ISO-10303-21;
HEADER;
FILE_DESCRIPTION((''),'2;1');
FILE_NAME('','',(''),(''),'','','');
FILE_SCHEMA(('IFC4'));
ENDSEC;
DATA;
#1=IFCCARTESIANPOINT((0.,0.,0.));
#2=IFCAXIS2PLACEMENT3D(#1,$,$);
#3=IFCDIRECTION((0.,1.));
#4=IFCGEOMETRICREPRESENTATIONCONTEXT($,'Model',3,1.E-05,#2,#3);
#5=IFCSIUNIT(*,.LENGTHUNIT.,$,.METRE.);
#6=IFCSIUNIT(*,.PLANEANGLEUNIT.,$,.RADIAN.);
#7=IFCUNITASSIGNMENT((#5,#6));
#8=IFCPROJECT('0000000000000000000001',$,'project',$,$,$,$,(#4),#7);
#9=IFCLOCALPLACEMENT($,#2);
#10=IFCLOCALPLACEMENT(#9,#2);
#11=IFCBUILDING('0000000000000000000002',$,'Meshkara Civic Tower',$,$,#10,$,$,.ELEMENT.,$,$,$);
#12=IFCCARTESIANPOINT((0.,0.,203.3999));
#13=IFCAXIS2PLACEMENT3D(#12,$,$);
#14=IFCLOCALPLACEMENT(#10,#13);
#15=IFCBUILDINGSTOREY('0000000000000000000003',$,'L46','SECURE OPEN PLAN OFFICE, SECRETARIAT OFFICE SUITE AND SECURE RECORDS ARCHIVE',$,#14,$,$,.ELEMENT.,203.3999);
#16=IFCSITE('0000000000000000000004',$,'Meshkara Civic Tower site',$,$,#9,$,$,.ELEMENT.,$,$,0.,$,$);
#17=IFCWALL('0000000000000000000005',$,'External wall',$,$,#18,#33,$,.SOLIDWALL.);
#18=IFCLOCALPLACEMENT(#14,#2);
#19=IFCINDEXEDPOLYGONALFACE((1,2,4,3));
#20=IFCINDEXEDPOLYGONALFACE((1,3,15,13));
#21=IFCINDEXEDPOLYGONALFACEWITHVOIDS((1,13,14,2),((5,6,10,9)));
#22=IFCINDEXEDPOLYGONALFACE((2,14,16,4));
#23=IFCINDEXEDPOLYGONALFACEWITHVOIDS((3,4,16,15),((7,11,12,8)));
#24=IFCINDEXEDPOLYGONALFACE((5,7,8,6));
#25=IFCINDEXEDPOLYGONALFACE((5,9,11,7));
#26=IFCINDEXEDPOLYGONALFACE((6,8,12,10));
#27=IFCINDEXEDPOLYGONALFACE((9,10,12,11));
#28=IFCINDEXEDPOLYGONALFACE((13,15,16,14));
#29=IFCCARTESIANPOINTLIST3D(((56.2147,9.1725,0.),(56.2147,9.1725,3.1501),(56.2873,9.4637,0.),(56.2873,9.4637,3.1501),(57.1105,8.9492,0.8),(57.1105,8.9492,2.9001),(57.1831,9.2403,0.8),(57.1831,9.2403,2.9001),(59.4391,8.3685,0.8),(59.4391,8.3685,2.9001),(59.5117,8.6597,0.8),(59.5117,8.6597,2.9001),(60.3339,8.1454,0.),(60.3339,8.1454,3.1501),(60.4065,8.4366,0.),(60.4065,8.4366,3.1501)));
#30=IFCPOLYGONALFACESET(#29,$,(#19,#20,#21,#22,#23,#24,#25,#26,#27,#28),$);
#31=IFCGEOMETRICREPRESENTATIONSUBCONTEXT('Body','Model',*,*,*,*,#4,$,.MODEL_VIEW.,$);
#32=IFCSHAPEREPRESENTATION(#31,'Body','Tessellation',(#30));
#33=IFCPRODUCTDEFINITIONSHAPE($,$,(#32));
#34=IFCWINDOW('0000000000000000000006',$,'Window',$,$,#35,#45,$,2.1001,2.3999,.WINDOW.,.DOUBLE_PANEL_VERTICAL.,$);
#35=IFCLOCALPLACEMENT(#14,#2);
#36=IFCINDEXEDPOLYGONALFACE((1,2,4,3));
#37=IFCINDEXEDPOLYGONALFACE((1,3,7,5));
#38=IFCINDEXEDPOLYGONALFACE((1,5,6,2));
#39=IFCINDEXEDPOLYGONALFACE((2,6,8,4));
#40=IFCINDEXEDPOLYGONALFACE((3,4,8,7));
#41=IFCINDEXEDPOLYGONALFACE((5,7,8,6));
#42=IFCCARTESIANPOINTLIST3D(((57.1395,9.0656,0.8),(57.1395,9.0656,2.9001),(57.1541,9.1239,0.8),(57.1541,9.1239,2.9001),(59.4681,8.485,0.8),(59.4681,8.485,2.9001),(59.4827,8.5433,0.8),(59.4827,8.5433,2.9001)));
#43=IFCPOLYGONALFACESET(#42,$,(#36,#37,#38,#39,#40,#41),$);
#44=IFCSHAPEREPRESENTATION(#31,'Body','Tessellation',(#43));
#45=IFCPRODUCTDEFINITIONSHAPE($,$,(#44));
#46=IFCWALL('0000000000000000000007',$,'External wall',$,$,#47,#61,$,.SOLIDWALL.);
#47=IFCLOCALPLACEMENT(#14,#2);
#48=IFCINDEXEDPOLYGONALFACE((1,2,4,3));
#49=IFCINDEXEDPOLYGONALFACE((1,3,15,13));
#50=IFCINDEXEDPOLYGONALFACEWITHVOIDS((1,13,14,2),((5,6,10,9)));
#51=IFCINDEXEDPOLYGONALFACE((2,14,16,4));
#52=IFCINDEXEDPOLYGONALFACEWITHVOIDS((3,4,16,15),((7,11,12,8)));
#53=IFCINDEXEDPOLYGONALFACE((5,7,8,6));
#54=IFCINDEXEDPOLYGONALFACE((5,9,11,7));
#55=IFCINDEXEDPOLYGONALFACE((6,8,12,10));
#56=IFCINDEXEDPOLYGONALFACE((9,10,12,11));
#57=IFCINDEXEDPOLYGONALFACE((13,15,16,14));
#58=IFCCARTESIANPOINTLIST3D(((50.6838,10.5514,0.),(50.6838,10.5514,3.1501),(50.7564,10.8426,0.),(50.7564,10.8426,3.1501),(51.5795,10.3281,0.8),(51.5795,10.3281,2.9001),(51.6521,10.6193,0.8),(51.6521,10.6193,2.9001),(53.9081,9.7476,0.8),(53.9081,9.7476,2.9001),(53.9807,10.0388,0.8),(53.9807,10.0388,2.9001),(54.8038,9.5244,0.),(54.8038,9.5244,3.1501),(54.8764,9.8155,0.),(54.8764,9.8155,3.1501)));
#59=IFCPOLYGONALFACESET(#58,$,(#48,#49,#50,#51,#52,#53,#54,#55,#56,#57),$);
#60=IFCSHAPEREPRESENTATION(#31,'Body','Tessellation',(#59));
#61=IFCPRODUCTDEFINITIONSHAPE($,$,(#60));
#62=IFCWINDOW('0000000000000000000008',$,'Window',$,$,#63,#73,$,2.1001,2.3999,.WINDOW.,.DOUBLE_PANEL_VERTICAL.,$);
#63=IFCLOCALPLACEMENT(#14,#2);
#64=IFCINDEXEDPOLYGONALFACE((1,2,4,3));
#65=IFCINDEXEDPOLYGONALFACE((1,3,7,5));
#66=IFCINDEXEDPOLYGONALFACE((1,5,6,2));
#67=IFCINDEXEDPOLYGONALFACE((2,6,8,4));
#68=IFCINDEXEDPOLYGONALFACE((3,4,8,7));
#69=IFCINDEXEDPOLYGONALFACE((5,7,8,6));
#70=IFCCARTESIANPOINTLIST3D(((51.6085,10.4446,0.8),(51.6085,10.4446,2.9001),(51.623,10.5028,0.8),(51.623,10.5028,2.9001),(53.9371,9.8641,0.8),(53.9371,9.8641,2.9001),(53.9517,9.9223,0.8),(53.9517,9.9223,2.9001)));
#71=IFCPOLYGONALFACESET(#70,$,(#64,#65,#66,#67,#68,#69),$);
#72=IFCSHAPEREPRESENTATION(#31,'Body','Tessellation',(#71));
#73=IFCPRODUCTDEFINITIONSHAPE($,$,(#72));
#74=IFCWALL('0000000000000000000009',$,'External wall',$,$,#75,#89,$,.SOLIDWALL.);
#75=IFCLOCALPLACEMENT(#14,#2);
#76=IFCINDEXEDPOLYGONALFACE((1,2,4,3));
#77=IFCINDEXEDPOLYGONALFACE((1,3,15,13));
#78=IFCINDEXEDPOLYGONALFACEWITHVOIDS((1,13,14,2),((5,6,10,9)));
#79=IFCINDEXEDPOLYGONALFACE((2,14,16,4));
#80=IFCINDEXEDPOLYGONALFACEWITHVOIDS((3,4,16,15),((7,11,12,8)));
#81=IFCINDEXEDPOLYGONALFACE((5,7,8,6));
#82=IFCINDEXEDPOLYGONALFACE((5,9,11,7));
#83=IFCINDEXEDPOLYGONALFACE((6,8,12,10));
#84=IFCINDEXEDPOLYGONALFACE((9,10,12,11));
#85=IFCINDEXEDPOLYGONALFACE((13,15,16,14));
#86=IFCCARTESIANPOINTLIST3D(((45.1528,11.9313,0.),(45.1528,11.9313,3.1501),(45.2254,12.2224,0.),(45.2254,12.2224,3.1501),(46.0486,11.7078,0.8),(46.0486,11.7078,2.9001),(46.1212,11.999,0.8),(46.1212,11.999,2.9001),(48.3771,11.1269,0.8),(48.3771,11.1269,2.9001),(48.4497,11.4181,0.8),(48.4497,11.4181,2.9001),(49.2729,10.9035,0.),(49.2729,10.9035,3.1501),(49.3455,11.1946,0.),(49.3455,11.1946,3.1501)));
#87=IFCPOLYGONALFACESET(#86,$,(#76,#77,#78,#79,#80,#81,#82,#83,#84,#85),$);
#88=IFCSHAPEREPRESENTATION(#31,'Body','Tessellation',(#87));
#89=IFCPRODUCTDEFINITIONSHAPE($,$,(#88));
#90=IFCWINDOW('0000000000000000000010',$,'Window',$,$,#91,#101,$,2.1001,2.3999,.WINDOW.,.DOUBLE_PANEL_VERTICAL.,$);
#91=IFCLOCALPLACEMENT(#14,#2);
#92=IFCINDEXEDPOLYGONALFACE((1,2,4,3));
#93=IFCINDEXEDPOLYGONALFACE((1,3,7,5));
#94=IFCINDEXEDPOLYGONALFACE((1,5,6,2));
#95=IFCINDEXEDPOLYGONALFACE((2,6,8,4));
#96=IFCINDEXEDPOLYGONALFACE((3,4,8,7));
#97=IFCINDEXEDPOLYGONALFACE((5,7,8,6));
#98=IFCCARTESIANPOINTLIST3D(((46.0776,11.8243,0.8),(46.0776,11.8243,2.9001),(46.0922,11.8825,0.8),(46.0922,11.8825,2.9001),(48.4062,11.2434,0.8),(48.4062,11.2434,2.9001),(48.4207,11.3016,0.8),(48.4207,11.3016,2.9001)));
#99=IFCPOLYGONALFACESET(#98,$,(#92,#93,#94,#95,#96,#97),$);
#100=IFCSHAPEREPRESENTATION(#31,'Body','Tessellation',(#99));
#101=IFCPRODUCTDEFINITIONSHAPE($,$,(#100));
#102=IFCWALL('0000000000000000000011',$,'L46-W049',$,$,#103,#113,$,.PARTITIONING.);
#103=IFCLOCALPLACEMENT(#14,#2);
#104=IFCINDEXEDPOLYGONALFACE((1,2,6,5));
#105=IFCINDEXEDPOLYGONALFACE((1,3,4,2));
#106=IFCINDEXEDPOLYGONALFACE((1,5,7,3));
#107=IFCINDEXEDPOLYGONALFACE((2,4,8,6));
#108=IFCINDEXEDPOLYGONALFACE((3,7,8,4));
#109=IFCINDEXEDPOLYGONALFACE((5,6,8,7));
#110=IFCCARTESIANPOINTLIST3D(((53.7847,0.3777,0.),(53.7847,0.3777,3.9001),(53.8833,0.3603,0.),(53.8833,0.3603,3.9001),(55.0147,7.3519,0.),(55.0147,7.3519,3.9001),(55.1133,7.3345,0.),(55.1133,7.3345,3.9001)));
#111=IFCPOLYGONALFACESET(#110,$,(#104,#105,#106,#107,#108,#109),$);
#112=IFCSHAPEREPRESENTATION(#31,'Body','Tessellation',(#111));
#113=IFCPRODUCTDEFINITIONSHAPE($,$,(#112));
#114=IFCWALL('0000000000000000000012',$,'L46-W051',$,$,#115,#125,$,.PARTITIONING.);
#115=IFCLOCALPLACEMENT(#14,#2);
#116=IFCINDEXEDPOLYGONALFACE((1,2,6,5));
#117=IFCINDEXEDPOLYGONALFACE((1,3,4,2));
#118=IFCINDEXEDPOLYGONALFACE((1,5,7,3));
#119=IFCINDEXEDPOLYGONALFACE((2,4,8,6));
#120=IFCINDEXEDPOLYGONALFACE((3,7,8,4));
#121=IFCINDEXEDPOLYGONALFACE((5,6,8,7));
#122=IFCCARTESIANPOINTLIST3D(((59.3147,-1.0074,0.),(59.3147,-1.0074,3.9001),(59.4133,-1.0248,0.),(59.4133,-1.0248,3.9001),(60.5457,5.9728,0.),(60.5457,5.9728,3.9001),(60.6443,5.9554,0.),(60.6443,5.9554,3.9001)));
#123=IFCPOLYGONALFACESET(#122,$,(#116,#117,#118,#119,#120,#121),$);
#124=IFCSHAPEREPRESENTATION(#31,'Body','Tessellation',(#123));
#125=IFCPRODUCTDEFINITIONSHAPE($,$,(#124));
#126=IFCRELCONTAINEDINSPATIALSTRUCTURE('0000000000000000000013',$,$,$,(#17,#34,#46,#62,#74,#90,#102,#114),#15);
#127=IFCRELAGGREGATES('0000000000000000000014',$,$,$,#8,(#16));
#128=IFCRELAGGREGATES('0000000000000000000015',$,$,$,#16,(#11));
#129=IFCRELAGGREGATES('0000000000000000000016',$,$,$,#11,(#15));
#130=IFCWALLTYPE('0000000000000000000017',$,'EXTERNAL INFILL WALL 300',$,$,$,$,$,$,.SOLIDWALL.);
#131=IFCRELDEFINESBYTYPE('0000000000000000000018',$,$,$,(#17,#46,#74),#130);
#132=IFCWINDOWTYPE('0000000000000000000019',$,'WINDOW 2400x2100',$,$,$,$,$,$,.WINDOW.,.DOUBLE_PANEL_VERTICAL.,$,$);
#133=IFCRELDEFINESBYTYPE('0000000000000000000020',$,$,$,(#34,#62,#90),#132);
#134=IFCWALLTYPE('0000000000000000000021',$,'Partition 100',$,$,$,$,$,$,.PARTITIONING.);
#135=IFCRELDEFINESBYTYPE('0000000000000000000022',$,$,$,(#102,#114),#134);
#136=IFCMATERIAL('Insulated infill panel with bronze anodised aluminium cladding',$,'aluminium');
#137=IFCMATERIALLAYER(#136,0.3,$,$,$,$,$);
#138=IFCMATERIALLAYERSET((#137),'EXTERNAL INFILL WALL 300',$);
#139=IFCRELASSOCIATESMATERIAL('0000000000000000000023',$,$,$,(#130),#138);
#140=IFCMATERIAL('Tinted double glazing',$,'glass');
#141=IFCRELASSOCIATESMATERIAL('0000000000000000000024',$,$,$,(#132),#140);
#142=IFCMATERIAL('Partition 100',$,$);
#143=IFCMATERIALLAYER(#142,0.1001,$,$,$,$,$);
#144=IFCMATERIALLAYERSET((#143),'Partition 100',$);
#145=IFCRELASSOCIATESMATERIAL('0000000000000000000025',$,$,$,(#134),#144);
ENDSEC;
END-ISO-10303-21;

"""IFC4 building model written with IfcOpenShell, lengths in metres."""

from ifc_helpers import new_model, si_unit, direction, frame, frame_2d, origin, place, context, subcontext, project, spatial, rectangle, extrude, material, layer, layer_set, type_object, element, fill, save


model = new_model("IFC4")

# Units and contexts
model_context = context("Model", 3, precision=1e-05, world=origin(), true_north=direction((0.0, 1.0)))
body_context = subcontext(model_context, "Body", "Model", "MODEL_VIEW")
ifc_project = project(units=[si_unit("LENGTHUNIT", "METRE"), si_unit("PLANEANGLEUNIT", "RADIAN")], contexts=[model_context])

# Site, building, storey
site_placement = place(None, origin())
site = spatial("IfcSite", under=ifc_project, at=site_placement, Name="Meshkara Civic Tower site", CompositionType="ELEMENT", RefElevation=0.0)
building_placement = place(site_placement, origin())
building = spatial("IfcBuilding", under=site, at=building_placement, Name="Meshkara Civic Tower", CompositionType="ELEMENT")
storey_placement = place(building_placement, frame((0.0, 0.0, 203.3999)))
storey = spatial("IfcBuildingStorey", under=building, at=storey_placement, Name="L46", Description="SECURE OPEN PLAN OFFICE, SECRETARIAT OFFICE SUITE AND SECURE RECORDS ARCHIVE", CompositionType="ELEMENT", Elevation=203.3999)

# Walls, openings, windows
ifc_material_1 = material(Name="Insulated infill panel with bronze anodised aluminium cladding", Category="aluminium")
ifc_layer_1 = layer(ifc_material_1, 0.3)
ifc_layer_set_1 = layer_set([ifc_layer_1], Name="EXTERNAL INFILL WALL 300")
wall_type_1 = type_object("IfcWallType", Name="EXTERNAL INFILL WALL 300", PredefinedType="SOLIDWALL", material=ifc_layer_set_1)
wall_1_placement = place(storey_placement, frame((60.3701, 8.291, 0.0), z_axis=(0.0, 0.0, 1.0), x_axis=(-0.970291, 0.24194, 0.0)))
wall_1 = element("IfcWall", 1, at=wall_1_placement, inside=storey, type_object=wall_type_1, Name="External wall", PredefinedType="SOLIDWALL", context=body_context, shape_type="SweptSolid", body=[
    extrude(rectangle(XDim=4.2454, YDim=0.3, at=frame_2d((2.1226, 0.0))), origin(), (0.0, 0.0, 1.0), 3.1501),
])
opening_1_placement = place(wall_1_placement, frame((0.9221, 0.0, 0.8)))
opening_1 = element("IfcOpeningElement", 2, at=opening_1_placement, cuts=wall_1, PredefinedType="OPENING", context=body_context, shape_type="SweptSolid", body=[
    extrude(rectangle(XDim=2.3999, YDim=2.1001, at=frame_2d((1.2, 1.05))), frame((0.0, 0.1599, 0.0), z_axis=(0.0, -1.0, 0.0), x_axis=(1.0, 0.0, 0.0)), (0.0, 0.0, 1.0), 0.3201),
])
ifc_material_2 = material(Name="Tinted double glazing", Category="glass")
window_type = type_object("IfcWindowType", Name="WINDOW 2400x2100", PartitioningType="DOUBLE_PANEL_VERTICAL", PredefinedType="WINDOW", material=ifc_material_2)
window_1_placement = place(opening_1_placement, origin())
window_1 = element("IfcWindow", 3, at=window_1_placement, inside=storey, type_object=window_type, Name="Window", OverallHeight=2.1001, OverallWidth=2.3999, PartitioningType="DOUBLE_PANEL_VERTICAL", PredefinedType="WINDOW", context=body_context, shape_type="SweptSolid", body=[
    extrude(rectangle(XDim=2.3999, YDim=2.1001, at=frame_2d((1.2, 1.05))), frame((0.0, 0.03, 0.0), z_axis=(0.0, -1.0, 0.0), x_axis=(1.0, 0.0, 0.0)), (0.0, 0.0, 1.0), 0.0601),
])
fill(opening_1, window_1)
wall_2_placement = place(storey_placement, frame((54.8401, 9.6699, 0.0), z_axis=(0.0, 0.0, 1.0), x_axis=(-0.970305, 0.241886, 0.0)))
wall_2 = element("IfcWall", 4, at=wall_2_placement, inside=storey, type_object=wall_type_1, Name="External wall", PredefinedType="SOLIDWALL", context=body_context, shape_type="SweptSolid", body=[
    extrude(rectangle(XDim=4.2461, YDim=0.3, at=frame_2d((2.123, 0.0))), origin(), (0.0, 0.0, 1.0), 3.1501),
])
opening_2_placement = place(wall_2_placement, frame((0.9231, 0.0, 0.8)))
opening_2 = element("IfcOpeningElement", 5, at=opening_2_placement, cuts=wall_2, PredefinedType="OPENING", context=body_context, shape_type="SweptSolid", body=[
    extrude(rectangle(XDim=2.3999, YDim=2.1001, at=frame_2d((1.2, 1.05))), frame((0.0, 0.1599, 0.0), z_axis=(0.0, -1.0, 0.0), x_axis=(1.0, 0.0, 0.0)), (0.0, 0.0, 1.0), 0.3201),
])
window_2_placement = place(opening_2_placement, origin())
window_2 = element("IfcWindow", 6, at=window_2_placement, inside=storey, type_object=window_type, Name="Window", OverallHeight=2.1001, OverallWidth=2.3999, PartitioningType="DOUBLE_PANEL_VERTICAL", PredefinedType="WINDOW", context=body_context, shape_type="SweptSolid", body=[
    extrude(rectangle(XDim=2.3999, YDim=2.1001, at=frame_2d((1.2, 1.05))), frame((0.0, 0.03, 0.0), z_axis=(0.0, -1.0, 0.0), x_axis=(1.0, 0.0, 0.0)), (0.0, 0.0, 1.0), 0.0601),
])
fill(opening_2, window_2)
wall_3_placement = place(storey_placement, frame((49.3091, 11.0491, 0.0), z_axis=(0.0, 0.0, 1.0), x_axis=(-0.970264, 0.242049, 0.0)))
wall_3 = element("IfcWall", 7, at=wall_3_placement, inside=storey, type_object=wall_type_1, Name="External wall", PredefinedType="SOLIDWALL", context=body_context, shape_type="SweptSolid", body=[
    extrude(rectangle(XDim=4.2463, YDim=0.3, at=frame_2d((2.123, 0.0))), origin(), (0.0, 0.0, 1.0), 3.1501),
])
opening_3_placement = place(wall_3_placement, frame((0.9231, 0.0, 0.8)))
opening_3 = element("IfcOpeningElement", 8, at=opening_3_placement, cuts=wall_3, PredefinedType="OPENING", context=body_context, shape_type="SweptSolid", body=[
    extrude(rectangle(XDim=2.3999, YDim=2.1001, at=frame_2d((1.2, 1.05))), frame((0.0, 0.1599, 0.0), z_axis=(0.0, -1.0, 0.0), x_axis=(1.0, 0.0, 0.0)), (0.0, 0.0, 1.0), 0.3201),
])
window_3_placement = place(opening_3_placement, origin())
window_3 = element("IfcWindow", 9, at=window_3_placement, inside=storey, type_object=window_type, Name="Window", OverallHeight=2.1001, OverallWidth=2.3999, PartitioningType="DOUBLE_PANEL_VERTICAL", PredefinedType="WINDOW", context=body_context, shape_type="SweptSolid", body=[
    extrude(rectangle(XDim=2.3999, YDim=2.1001, at=frame_2d((1.2, 1.05))), frame((0.0, 0.03, 0.0), z_axis=(0.0, -1.0, 0.0), x_axis=(1.0, 0.0, 0.0)), (0.0, 0.0, 1.0), 0.0601),
])
fill(opening_3, window_3)

# Walls
ifc_material_3 = material(Name="Partition 100")
ifc_layer_2 = layer(ifc_material_3, 0.1001)
ifc_layer_set_2 = layer_set([ifc_layer_2], Name="Partition 100")
wall_type_2 = type_object("IfcWallType", Name="Partition 100", PredefinedType="PARTITIONING", material=ifc_layer_set_2)
wall_4_placement = place(storey_placement, frame((53.834, 0.3689, 0.0), z_axis=(0.0, 0.0, 1.0), x_axis=(0.173683, 0.984802, 0.0)))
element("IfcWall", 10, at=wall_4_placement, inside=storey, type_object=wall_type_2, Name="L46-W049", PredefinedType="PARTITIONING", context=body_context, shape_type="SweptSolid", body=[
    extrude(rectangle(XDim=7.0818, YDim=0.1001, at=frame_2d((3.541, 0.0))), origin(), (0.0, 0.0, 1.0), 3.9001),
])
wall_5_placement = place(storey_placement, frame((59.364, -1.0161, 0.0), z_axis=(0.0, 0.0, 1.0), x_axis=(0.173669, 0.984804, 0.0)))
element("IfcWall", 11, at=wall_5_placement, inside=storey, type_object=wall_type_2, Name="L46-W051", PredefinedType="PARTITIONING", context=body_context, shape_type="SweptSolid", body=[
    extrude(rectangle(XDim=7.0879, YDim=0.1001, at=frame_2d((3.5439, 0.0))), origin(), (0.0, 0.0, 1.0), 3.9001),
])

save(model, "model.ifc")
